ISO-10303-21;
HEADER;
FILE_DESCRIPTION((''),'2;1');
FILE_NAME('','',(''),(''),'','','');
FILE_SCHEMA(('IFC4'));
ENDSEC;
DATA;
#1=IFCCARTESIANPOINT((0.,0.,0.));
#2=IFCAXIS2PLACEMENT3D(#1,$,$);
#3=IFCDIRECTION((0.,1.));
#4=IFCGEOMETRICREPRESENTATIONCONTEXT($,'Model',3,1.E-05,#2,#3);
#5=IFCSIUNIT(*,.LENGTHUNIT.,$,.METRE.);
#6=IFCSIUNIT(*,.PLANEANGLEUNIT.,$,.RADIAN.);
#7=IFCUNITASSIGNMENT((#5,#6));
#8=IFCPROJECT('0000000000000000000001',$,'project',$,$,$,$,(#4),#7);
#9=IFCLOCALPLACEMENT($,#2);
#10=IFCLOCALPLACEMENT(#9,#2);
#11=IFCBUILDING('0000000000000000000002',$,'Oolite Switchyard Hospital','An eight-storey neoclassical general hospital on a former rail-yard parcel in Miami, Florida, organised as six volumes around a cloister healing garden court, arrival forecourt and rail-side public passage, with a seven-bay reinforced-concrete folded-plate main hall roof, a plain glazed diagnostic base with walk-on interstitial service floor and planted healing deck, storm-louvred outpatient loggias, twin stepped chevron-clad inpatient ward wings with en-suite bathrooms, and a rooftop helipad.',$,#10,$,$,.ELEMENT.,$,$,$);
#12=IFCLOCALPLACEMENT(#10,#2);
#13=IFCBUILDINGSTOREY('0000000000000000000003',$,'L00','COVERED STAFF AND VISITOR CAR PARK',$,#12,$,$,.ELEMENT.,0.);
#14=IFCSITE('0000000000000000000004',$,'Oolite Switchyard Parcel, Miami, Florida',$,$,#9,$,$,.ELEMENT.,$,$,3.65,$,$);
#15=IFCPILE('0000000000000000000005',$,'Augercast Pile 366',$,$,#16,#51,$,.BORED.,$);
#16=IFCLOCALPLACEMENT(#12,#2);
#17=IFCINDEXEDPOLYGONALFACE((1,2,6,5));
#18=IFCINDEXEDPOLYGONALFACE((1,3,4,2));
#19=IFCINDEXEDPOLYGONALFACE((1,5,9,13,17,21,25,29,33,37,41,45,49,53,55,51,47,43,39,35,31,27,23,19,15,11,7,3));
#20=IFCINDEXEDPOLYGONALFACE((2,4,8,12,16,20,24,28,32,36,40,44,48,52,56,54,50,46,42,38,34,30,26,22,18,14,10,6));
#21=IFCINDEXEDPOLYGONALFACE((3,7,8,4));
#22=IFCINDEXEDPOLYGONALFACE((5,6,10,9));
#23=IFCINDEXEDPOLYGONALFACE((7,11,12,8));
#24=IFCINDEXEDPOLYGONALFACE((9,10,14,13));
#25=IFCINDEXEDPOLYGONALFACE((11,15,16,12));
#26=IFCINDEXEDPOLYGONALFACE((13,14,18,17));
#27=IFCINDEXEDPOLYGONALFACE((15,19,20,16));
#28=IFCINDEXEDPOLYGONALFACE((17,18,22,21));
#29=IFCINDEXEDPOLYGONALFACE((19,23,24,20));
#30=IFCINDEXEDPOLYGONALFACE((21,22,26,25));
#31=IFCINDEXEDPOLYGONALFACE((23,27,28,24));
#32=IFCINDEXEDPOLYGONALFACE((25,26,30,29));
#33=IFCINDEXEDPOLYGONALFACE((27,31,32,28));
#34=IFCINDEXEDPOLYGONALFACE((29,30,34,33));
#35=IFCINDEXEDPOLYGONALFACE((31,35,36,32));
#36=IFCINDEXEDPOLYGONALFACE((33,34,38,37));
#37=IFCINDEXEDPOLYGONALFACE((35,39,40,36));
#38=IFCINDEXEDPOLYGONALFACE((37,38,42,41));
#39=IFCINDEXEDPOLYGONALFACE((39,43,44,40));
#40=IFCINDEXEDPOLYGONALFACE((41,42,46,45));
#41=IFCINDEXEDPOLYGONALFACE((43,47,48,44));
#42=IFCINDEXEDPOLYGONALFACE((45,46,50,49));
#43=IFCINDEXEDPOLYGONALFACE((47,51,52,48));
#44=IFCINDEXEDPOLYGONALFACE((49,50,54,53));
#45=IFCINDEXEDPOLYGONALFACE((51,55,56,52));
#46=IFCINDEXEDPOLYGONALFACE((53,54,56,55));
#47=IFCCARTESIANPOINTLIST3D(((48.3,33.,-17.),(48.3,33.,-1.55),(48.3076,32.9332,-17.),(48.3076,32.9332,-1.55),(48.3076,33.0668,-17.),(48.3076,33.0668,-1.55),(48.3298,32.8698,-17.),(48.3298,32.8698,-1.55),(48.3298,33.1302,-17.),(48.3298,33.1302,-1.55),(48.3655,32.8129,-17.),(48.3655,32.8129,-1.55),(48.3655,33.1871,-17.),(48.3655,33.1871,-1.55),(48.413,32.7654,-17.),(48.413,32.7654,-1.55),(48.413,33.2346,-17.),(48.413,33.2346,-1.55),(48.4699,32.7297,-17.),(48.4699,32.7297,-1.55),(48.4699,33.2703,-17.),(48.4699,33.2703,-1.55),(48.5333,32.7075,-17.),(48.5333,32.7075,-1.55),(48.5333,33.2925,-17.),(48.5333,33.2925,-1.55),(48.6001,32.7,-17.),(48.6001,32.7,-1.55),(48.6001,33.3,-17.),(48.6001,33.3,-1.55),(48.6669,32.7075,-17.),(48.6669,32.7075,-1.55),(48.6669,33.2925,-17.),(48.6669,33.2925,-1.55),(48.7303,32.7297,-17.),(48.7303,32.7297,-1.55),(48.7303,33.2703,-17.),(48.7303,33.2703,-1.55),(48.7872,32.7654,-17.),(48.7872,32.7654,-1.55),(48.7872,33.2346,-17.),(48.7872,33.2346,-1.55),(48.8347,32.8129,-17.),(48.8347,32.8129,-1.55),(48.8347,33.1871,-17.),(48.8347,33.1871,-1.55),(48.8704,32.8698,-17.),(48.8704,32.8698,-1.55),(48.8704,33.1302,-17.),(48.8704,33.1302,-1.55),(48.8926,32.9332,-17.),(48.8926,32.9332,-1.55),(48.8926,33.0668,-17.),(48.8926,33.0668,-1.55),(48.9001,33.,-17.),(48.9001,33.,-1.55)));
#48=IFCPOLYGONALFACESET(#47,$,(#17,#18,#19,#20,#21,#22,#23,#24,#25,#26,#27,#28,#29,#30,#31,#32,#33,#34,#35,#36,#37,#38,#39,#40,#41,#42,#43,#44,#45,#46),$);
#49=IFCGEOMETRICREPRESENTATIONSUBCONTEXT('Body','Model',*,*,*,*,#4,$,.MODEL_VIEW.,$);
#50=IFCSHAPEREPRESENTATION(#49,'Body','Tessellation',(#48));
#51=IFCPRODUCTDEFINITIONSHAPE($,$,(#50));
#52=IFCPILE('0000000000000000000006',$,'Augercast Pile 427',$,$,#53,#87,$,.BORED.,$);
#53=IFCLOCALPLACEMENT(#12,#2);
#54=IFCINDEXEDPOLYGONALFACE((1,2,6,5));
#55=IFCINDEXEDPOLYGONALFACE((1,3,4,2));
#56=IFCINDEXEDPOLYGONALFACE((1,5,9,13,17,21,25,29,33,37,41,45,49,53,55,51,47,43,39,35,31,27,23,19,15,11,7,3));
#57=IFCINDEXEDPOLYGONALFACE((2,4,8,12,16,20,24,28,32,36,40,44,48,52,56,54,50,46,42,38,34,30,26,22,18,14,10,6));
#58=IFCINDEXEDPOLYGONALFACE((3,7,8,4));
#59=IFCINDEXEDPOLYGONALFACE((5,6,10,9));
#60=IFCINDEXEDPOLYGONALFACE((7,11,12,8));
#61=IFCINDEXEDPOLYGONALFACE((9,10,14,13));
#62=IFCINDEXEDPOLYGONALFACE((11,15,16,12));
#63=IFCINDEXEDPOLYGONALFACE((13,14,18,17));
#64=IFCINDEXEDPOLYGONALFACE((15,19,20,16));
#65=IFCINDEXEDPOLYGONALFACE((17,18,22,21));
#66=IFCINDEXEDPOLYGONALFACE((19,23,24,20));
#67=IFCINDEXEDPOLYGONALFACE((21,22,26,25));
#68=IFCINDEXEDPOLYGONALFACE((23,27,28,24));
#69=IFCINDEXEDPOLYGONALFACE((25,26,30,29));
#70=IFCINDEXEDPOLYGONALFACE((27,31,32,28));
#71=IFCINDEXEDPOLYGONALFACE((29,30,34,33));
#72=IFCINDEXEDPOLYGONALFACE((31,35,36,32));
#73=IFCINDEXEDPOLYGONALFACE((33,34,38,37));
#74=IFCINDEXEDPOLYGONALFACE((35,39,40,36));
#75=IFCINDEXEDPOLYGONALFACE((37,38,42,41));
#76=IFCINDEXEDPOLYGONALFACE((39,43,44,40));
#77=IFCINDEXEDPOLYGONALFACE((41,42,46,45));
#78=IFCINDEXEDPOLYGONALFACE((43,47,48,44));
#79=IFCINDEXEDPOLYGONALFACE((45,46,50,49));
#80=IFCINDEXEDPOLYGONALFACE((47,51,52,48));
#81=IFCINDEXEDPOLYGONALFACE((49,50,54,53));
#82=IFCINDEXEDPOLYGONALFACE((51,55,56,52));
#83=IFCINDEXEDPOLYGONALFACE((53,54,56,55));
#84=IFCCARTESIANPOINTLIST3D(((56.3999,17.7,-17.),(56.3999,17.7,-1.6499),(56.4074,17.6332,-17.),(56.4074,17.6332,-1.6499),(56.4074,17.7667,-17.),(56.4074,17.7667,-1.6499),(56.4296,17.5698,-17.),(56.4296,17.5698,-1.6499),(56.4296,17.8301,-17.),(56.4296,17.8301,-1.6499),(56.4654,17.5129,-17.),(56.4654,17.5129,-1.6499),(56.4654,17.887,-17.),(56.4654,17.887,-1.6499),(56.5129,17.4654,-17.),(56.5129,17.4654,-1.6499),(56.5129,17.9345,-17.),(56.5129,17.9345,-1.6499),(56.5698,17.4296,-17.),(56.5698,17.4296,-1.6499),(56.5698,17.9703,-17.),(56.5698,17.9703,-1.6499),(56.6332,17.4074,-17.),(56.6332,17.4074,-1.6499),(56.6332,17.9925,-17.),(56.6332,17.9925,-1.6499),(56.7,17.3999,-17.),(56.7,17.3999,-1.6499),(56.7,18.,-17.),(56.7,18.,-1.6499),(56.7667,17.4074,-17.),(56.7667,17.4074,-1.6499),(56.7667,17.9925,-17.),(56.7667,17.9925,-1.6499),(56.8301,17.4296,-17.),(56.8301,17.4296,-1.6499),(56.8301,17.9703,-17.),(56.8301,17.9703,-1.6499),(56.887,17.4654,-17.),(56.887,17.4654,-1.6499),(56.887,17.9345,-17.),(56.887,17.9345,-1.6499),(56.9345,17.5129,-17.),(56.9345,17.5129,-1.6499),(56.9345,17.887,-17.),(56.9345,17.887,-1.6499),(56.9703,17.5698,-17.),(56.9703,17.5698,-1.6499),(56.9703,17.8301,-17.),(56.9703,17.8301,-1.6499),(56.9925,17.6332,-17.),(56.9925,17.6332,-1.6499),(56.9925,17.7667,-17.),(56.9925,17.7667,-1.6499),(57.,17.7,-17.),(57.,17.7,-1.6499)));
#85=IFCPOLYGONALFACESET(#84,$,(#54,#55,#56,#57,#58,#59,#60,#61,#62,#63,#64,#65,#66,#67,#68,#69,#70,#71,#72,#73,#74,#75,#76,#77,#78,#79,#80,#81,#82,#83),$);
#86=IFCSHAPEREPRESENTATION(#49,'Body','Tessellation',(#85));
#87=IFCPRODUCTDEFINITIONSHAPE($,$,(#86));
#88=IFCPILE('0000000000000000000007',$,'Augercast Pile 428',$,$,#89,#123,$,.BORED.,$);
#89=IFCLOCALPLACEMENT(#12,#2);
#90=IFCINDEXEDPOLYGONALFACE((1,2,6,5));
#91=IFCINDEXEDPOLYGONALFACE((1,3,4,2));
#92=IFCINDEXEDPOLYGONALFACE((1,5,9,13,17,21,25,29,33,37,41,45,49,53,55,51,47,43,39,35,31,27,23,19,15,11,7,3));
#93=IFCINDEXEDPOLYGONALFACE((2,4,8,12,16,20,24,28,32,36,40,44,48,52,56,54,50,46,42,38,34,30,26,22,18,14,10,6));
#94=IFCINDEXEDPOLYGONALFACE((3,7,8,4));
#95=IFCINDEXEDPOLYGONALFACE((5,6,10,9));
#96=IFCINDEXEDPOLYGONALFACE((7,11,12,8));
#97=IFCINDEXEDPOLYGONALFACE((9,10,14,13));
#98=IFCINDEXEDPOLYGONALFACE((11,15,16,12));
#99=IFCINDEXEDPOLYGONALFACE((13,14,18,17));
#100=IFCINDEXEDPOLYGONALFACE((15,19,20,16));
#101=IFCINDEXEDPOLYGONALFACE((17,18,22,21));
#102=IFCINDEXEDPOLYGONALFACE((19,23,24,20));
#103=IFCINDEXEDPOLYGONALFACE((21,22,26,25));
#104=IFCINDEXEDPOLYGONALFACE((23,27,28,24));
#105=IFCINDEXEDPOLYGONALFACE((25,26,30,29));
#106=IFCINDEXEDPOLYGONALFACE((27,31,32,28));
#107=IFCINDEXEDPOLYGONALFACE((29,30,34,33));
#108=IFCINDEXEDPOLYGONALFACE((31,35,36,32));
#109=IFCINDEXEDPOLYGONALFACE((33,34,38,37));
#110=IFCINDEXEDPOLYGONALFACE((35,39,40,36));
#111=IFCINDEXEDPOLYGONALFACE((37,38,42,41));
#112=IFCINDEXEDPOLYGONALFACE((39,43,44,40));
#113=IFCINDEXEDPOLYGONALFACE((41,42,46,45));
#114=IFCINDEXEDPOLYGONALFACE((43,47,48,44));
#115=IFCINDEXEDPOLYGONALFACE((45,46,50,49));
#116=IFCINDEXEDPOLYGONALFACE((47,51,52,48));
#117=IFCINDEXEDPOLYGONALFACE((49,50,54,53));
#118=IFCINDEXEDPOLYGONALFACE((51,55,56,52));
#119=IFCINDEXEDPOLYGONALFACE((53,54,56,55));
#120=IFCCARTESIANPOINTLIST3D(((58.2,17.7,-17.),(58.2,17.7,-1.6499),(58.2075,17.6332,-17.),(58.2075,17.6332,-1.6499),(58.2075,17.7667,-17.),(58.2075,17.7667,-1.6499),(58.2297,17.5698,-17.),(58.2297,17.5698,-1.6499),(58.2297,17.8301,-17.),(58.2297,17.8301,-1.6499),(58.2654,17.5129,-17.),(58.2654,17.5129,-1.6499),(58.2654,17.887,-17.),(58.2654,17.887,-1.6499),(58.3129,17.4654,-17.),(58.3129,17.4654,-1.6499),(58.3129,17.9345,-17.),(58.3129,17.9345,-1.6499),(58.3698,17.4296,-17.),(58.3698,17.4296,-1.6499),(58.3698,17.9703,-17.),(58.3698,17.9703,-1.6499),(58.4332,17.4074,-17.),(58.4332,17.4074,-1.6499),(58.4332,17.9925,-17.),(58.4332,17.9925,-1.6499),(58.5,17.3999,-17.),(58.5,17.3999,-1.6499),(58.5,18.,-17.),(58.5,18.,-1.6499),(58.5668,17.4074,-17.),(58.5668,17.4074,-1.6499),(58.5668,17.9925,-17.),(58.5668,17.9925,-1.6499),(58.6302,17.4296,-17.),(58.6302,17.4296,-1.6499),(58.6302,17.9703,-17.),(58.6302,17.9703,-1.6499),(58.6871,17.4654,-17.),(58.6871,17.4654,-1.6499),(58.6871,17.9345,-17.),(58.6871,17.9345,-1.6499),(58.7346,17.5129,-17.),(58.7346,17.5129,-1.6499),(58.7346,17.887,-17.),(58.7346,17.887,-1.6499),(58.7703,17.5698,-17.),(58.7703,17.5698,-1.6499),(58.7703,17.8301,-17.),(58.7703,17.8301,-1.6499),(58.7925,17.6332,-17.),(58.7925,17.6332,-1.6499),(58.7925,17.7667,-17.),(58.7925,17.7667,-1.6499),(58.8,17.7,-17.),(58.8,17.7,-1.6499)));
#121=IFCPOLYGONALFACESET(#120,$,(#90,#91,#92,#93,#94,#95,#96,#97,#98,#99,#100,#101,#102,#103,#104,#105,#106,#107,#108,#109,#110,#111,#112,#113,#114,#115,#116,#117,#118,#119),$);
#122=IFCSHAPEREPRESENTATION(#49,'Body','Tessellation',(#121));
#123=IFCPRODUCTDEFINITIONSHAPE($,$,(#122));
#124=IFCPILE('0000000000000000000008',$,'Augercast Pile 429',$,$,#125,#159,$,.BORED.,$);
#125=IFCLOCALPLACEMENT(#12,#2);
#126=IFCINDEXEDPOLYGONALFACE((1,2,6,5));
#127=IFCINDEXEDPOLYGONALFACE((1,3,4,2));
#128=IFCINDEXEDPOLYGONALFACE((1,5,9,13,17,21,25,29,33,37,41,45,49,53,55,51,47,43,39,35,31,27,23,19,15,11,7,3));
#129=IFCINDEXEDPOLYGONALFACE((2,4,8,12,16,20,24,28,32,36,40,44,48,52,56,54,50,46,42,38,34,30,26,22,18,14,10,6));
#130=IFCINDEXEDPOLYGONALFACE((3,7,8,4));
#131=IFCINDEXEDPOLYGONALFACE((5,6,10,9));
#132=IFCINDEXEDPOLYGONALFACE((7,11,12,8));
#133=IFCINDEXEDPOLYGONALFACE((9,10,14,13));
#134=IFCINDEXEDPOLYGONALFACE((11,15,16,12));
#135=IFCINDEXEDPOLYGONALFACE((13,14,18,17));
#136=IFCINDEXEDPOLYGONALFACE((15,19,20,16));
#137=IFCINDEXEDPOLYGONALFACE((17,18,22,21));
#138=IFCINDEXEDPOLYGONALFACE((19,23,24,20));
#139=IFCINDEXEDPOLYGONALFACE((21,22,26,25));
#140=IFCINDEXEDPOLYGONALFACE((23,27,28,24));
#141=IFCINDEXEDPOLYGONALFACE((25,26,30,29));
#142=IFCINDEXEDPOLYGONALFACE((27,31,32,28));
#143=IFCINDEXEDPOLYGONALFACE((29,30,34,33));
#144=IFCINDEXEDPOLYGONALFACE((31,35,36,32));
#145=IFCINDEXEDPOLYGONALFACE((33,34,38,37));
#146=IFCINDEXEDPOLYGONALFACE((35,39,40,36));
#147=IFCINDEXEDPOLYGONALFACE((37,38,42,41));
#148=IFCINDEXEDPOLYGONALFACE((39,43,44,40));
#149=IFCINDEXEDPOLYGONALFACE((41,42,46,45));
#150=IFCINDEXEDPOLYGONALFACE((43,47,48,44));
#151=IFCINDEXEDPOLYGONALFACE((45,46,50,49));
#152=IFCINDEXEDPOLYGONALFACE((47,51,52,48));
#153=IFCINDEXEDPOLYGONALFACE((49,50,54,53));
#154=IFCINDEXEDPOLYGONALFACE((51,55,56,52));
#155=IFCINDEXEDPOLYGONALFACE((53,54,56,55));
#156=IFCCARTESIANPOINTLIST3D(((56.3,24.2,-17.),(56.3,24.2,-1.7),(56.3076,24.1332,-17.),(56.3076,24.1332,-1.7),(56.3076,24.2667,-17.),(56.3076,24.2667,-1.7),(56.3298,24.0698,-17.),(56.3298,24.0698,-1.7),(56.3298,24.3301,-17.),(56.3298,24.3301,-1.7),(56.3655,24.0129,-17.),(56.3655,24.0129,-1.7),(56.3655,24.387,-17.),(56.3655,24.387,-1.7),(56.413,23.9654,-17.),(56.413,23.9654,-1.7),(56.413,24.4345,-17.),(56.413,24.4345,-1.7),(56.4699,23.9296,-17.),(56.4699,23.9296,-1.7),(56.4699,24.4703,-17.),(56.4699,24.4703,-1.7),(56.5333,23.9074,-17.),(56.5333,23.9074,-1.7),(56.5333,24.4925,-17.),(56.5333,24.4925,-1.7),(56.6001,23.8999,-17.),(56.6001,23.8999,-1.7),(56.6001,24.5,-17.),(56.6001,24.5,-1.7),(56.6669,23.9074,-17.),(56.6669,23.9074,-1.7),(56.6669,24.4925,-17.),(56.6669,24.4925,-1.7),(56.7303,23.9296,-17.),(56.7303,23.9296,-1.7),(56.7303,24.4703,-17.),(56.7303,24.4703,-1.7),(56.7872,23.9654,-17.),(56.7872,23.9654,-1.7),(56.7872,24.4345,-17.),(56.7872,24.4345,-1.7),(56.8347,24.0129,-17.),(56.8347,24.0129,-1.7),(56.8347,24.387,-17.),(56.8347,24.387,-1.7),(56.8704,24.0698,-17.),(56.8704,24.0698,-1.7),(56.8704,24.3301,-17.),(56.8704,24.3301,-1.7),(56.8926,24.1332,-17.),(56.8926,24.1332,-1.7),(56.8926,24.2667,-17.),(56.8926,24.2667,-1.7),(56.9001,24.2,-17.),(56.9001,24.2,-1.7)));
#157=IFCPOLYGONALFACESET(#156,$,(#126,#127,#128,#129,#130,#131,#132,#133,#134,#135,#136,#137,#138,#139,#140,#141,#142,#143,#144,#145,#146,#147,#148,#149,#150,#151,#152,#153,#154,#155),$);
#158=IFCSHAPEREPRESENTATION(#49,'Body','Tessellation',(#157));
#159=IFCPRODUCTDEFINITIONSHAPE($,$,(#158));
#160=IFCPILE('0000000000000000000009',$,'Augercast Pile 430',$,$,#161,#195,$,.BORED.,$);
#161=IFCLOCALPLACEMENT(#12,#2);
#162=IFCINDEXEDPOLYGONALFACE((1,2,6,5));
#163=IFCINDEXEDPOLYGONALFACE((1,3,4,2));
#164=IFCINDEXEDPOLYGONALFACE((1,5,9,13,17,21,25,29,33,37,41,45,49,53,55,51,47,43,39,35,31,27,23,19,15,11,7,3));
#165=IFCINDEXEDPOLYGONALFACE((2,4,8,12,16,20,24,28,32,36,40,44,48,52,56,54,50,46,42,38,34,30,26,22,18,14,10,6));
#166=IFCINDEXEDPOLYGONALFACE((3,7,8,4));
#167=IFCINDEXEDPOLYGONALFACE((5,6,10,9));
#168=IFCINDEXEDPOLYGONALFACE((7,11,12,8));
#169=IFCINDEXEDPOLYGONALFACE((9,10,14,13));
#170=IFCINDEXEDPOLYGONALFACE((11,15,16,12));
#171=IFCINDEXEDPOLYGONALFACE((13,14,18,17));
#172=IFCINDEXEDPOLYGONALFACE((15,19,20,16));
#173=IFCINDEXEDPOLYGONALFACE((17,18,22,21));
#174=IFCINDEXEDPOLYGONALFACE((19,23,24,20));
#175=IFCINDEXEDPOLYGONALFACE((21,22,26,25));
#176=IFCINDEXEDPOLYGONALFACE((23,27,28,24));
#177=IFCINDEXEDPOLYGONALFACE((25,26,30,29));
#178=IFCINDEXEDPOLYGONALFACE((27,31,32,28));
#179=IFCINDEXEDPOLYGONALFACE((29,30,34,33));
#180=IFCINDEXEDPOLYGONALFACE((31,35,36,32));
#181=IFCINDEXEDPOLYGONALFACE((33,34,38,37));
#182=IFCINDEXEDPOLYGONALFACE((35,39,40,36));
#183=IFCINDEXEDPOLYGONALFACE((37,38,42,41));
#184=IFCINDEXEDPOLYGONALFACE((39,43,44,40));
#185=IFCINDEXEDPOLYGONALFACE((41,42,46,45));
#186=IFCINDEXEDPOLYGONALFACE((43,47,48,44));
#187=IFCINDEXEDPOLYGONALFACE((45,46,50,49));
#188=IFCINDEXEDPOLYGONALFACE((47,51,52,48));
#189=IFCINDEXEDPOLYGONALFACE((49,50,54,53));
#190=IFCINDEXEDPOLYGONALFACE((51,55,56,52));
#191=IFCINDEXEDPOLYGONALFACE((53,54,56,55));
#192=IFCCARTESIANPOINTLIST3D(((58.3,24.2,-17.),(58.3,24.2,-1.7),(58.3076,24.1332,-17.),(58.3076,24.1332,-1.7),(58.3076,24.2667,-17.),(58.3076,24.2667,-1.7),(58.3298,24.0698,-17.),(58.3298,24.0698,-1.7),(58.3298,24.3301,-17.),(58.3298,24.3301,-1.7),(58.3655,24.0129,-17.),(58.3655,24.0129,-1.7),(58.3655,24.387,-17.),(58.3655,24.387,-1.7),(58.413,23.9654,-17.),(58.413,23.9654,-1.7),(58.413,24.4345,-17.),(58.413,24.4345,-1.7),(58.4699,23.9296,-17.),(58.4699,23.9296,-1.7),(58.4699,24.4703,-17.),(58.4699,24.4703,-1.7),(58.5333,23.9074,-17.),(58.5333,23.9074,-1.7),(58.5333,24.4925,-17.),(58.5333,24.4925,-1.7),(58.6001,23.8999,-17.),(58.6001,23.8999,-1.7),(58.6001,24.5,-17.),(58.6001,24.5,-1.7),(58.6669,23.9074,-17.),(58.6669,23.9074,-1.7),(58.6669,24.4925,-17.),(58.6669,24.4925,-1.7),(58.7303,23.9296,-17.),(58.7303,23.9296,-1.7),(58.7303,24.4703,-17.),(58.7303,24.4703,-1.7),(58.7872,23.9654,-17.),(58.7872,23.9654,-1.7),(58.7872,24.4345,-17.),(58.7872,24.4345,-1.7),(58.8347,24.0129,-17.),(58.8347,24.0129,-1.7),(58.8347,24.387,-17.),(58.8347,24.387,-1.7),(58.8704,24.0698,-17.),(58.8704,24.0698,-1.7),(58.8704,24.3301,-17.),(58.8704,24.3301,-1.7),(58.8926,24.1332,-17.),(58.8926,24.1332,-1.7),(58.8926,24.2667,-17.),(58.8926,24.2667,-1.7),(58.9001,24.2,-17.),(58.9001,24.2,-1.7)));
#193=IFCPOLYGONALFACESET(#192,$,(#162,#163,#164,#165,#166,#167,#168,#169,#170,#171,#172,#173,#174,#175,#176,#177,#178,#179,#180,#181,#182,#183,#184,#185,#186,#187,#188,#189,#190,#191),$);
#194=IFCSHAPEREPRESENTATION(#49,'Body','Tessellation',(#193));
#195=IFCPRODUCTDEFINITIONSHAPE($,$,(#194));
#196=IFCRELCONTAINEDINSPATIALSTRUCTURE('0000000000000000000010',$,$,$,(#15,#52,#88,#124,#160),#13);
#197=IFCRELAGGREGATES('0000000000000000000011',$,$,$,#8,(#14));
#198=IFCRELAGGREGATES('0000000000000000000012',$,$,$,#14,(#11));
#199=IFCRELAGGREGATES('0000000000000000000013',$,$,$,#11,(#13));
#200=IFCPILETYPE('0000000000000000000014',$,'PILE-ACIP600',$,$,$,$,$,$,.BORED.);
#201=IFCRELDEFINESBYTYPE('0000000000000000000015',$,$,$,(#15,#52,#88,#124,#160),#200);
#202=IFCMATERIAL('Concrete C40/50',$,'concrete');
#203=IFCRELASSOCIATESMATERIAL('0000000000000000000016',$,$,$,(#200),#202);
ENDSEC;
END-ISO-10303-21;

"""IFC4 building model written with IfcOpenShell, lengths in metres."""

from ifc_helpers import new_model, si_unit, direction, frame, origin, origin_2d, place, context, subcontext, project, spatial, circle, extrude, material, material_profile, profile_set, type_object, element, save


model = new_model("IFC4")

# Units and contexts
model_context = context("Model", 3, precision=1e-05, world=origin(), true_north=direction((0.0, 1.0)))
body_context = subcontext(model_context, "Body", "Model", "MODEL_VIEW")
ifc_project = project(units=[si_unit("LENGTHUNIT", "METRE"), si_unit("PLANEANGLEUNIT", "RADIAN")], contexts=[model_context])

# Site, building, storey
site_placement = place(None, origin())
site = spatial("IfcSite", under=ifc_project, at=site_placement, Name="Oolite Switchyard Parcel, Miami, Florida", CompositionType="ELEMENT", RefElevation=3.65)
building_placement = place(site_placement, origin())
building = spatial("IfcBuilding", under=site, at=building_placement, Name="Oolite Switchyard Hospital", Description="An eight-storey neoclassical general hospital on a former rail-yard parcel in Miami, Florida, organised as six volumes around a cloister healing garden court, arrival forecourt and rail-side public passage, with a seven-bay reinforced-concrete folded-plate main hall roof, a plain glazed diagnostic base with walk-on interstitial service floor and planted healing deck, storm-louvred outpatient loggias, twin stepped chevron-clad inpatient ward wings with en-suite bathrooms, and a rooftop helipad.", CompositionType="ELEMENT")
storey_placement = place(building_placement, origin())
storey = spatial("IfcBuildingStorey", under=building, at=storey_placement, Name="L00", Description="COVERED STAFF AND VISITOR CAR PARK", CompositionType="ELEMENT", Elevation=0.0)

# Shared definitions
ifc_material_1 = material(Name="Concrete C40/50", Category="concrete")

# Piles
ifc_material_profile_1 = material_profile(ifc_material_1, circle(Radius=0.3, at=origin_2d()), Name="PILE600")
ifc_profile_set_1 = profile_set([ifc_material_profile_1], Name="Concrete C40/50")
pile_type = type_object("IfcPileType", Name="PILE-ACIP600", PredefinedType="BORED", material=ifc_profile_set_1)
pile_1_placement = place(storey_placement, frame((48.6001, 33.0, -1.55), z_axis=(0.0, 0.0, -1.0), x_axis=(1.0, 0.0, 0.0)))
element("IfcPile", 1, at=pile_1_placement, inside=storey, type_object=pile_type, Name="Augercast Pile 366", PredefinedType="BORED", context=body_context, shape_type="SweptSolid", body=[
    extrude(circle(Radius=0.3, at=origin_2d()), origin(), (0.0, 0.0, 1.0), 15.45),
])
for number, where, z_axis, x_axis, name in (
    (2, (56.7, 17.7, -1.6499), (0.0, 0.0, -1.0), (1.0, 0.0, 0.0), "Augercast Pile 427"),
    (3, (58.5, 17.7, -1.6499), (0.0, 0.0, -1.0), (1.0, 0.0, 0.0), "Augercast Pile 428"),
):
    element("IfcPile", number, at=place(storey_placement, frame(where, z_axis=z_axis, x_axis=x_axis)), inside=storey, type_object=pile_type, Name=name, PredefinedType="BORED", context=body_context, shape_type="SweptSolid", body=[
        extrude(circle(Radius=0.3, at=origin_2d()), origin(), (0.0, 0.0, 1.0), 15.3501),
    ])
for number, where, z_axis, x_axis, name in (
    (4, (56.6001, 24.2, -1.7), (0.0, 0.0, -1.0), (1.0, 0.0, 0.0), "Augercast Pile 429"),
    (5, (58.6001, 24.2, -1.7), (0.0, 0.0, -1.0), (1.0, 0.0, 0.0), "Augercast Pile 430"),
):
    element("IfcPile", number, at=place(storey_placement, frame(where, z_axis=z_axis, x_axis=x_axis)), inside=storey, type_object=pile_type, Name=name, PredefinedType="BORED", context=body_context, shape_type="SweptSolid", body=[
        extrude(circle(Radius=0.3, at=origin_2d()), origin(), (0.0, 0.0, 1.0), 15.3),
    ])

save(model, "model.ifc")
